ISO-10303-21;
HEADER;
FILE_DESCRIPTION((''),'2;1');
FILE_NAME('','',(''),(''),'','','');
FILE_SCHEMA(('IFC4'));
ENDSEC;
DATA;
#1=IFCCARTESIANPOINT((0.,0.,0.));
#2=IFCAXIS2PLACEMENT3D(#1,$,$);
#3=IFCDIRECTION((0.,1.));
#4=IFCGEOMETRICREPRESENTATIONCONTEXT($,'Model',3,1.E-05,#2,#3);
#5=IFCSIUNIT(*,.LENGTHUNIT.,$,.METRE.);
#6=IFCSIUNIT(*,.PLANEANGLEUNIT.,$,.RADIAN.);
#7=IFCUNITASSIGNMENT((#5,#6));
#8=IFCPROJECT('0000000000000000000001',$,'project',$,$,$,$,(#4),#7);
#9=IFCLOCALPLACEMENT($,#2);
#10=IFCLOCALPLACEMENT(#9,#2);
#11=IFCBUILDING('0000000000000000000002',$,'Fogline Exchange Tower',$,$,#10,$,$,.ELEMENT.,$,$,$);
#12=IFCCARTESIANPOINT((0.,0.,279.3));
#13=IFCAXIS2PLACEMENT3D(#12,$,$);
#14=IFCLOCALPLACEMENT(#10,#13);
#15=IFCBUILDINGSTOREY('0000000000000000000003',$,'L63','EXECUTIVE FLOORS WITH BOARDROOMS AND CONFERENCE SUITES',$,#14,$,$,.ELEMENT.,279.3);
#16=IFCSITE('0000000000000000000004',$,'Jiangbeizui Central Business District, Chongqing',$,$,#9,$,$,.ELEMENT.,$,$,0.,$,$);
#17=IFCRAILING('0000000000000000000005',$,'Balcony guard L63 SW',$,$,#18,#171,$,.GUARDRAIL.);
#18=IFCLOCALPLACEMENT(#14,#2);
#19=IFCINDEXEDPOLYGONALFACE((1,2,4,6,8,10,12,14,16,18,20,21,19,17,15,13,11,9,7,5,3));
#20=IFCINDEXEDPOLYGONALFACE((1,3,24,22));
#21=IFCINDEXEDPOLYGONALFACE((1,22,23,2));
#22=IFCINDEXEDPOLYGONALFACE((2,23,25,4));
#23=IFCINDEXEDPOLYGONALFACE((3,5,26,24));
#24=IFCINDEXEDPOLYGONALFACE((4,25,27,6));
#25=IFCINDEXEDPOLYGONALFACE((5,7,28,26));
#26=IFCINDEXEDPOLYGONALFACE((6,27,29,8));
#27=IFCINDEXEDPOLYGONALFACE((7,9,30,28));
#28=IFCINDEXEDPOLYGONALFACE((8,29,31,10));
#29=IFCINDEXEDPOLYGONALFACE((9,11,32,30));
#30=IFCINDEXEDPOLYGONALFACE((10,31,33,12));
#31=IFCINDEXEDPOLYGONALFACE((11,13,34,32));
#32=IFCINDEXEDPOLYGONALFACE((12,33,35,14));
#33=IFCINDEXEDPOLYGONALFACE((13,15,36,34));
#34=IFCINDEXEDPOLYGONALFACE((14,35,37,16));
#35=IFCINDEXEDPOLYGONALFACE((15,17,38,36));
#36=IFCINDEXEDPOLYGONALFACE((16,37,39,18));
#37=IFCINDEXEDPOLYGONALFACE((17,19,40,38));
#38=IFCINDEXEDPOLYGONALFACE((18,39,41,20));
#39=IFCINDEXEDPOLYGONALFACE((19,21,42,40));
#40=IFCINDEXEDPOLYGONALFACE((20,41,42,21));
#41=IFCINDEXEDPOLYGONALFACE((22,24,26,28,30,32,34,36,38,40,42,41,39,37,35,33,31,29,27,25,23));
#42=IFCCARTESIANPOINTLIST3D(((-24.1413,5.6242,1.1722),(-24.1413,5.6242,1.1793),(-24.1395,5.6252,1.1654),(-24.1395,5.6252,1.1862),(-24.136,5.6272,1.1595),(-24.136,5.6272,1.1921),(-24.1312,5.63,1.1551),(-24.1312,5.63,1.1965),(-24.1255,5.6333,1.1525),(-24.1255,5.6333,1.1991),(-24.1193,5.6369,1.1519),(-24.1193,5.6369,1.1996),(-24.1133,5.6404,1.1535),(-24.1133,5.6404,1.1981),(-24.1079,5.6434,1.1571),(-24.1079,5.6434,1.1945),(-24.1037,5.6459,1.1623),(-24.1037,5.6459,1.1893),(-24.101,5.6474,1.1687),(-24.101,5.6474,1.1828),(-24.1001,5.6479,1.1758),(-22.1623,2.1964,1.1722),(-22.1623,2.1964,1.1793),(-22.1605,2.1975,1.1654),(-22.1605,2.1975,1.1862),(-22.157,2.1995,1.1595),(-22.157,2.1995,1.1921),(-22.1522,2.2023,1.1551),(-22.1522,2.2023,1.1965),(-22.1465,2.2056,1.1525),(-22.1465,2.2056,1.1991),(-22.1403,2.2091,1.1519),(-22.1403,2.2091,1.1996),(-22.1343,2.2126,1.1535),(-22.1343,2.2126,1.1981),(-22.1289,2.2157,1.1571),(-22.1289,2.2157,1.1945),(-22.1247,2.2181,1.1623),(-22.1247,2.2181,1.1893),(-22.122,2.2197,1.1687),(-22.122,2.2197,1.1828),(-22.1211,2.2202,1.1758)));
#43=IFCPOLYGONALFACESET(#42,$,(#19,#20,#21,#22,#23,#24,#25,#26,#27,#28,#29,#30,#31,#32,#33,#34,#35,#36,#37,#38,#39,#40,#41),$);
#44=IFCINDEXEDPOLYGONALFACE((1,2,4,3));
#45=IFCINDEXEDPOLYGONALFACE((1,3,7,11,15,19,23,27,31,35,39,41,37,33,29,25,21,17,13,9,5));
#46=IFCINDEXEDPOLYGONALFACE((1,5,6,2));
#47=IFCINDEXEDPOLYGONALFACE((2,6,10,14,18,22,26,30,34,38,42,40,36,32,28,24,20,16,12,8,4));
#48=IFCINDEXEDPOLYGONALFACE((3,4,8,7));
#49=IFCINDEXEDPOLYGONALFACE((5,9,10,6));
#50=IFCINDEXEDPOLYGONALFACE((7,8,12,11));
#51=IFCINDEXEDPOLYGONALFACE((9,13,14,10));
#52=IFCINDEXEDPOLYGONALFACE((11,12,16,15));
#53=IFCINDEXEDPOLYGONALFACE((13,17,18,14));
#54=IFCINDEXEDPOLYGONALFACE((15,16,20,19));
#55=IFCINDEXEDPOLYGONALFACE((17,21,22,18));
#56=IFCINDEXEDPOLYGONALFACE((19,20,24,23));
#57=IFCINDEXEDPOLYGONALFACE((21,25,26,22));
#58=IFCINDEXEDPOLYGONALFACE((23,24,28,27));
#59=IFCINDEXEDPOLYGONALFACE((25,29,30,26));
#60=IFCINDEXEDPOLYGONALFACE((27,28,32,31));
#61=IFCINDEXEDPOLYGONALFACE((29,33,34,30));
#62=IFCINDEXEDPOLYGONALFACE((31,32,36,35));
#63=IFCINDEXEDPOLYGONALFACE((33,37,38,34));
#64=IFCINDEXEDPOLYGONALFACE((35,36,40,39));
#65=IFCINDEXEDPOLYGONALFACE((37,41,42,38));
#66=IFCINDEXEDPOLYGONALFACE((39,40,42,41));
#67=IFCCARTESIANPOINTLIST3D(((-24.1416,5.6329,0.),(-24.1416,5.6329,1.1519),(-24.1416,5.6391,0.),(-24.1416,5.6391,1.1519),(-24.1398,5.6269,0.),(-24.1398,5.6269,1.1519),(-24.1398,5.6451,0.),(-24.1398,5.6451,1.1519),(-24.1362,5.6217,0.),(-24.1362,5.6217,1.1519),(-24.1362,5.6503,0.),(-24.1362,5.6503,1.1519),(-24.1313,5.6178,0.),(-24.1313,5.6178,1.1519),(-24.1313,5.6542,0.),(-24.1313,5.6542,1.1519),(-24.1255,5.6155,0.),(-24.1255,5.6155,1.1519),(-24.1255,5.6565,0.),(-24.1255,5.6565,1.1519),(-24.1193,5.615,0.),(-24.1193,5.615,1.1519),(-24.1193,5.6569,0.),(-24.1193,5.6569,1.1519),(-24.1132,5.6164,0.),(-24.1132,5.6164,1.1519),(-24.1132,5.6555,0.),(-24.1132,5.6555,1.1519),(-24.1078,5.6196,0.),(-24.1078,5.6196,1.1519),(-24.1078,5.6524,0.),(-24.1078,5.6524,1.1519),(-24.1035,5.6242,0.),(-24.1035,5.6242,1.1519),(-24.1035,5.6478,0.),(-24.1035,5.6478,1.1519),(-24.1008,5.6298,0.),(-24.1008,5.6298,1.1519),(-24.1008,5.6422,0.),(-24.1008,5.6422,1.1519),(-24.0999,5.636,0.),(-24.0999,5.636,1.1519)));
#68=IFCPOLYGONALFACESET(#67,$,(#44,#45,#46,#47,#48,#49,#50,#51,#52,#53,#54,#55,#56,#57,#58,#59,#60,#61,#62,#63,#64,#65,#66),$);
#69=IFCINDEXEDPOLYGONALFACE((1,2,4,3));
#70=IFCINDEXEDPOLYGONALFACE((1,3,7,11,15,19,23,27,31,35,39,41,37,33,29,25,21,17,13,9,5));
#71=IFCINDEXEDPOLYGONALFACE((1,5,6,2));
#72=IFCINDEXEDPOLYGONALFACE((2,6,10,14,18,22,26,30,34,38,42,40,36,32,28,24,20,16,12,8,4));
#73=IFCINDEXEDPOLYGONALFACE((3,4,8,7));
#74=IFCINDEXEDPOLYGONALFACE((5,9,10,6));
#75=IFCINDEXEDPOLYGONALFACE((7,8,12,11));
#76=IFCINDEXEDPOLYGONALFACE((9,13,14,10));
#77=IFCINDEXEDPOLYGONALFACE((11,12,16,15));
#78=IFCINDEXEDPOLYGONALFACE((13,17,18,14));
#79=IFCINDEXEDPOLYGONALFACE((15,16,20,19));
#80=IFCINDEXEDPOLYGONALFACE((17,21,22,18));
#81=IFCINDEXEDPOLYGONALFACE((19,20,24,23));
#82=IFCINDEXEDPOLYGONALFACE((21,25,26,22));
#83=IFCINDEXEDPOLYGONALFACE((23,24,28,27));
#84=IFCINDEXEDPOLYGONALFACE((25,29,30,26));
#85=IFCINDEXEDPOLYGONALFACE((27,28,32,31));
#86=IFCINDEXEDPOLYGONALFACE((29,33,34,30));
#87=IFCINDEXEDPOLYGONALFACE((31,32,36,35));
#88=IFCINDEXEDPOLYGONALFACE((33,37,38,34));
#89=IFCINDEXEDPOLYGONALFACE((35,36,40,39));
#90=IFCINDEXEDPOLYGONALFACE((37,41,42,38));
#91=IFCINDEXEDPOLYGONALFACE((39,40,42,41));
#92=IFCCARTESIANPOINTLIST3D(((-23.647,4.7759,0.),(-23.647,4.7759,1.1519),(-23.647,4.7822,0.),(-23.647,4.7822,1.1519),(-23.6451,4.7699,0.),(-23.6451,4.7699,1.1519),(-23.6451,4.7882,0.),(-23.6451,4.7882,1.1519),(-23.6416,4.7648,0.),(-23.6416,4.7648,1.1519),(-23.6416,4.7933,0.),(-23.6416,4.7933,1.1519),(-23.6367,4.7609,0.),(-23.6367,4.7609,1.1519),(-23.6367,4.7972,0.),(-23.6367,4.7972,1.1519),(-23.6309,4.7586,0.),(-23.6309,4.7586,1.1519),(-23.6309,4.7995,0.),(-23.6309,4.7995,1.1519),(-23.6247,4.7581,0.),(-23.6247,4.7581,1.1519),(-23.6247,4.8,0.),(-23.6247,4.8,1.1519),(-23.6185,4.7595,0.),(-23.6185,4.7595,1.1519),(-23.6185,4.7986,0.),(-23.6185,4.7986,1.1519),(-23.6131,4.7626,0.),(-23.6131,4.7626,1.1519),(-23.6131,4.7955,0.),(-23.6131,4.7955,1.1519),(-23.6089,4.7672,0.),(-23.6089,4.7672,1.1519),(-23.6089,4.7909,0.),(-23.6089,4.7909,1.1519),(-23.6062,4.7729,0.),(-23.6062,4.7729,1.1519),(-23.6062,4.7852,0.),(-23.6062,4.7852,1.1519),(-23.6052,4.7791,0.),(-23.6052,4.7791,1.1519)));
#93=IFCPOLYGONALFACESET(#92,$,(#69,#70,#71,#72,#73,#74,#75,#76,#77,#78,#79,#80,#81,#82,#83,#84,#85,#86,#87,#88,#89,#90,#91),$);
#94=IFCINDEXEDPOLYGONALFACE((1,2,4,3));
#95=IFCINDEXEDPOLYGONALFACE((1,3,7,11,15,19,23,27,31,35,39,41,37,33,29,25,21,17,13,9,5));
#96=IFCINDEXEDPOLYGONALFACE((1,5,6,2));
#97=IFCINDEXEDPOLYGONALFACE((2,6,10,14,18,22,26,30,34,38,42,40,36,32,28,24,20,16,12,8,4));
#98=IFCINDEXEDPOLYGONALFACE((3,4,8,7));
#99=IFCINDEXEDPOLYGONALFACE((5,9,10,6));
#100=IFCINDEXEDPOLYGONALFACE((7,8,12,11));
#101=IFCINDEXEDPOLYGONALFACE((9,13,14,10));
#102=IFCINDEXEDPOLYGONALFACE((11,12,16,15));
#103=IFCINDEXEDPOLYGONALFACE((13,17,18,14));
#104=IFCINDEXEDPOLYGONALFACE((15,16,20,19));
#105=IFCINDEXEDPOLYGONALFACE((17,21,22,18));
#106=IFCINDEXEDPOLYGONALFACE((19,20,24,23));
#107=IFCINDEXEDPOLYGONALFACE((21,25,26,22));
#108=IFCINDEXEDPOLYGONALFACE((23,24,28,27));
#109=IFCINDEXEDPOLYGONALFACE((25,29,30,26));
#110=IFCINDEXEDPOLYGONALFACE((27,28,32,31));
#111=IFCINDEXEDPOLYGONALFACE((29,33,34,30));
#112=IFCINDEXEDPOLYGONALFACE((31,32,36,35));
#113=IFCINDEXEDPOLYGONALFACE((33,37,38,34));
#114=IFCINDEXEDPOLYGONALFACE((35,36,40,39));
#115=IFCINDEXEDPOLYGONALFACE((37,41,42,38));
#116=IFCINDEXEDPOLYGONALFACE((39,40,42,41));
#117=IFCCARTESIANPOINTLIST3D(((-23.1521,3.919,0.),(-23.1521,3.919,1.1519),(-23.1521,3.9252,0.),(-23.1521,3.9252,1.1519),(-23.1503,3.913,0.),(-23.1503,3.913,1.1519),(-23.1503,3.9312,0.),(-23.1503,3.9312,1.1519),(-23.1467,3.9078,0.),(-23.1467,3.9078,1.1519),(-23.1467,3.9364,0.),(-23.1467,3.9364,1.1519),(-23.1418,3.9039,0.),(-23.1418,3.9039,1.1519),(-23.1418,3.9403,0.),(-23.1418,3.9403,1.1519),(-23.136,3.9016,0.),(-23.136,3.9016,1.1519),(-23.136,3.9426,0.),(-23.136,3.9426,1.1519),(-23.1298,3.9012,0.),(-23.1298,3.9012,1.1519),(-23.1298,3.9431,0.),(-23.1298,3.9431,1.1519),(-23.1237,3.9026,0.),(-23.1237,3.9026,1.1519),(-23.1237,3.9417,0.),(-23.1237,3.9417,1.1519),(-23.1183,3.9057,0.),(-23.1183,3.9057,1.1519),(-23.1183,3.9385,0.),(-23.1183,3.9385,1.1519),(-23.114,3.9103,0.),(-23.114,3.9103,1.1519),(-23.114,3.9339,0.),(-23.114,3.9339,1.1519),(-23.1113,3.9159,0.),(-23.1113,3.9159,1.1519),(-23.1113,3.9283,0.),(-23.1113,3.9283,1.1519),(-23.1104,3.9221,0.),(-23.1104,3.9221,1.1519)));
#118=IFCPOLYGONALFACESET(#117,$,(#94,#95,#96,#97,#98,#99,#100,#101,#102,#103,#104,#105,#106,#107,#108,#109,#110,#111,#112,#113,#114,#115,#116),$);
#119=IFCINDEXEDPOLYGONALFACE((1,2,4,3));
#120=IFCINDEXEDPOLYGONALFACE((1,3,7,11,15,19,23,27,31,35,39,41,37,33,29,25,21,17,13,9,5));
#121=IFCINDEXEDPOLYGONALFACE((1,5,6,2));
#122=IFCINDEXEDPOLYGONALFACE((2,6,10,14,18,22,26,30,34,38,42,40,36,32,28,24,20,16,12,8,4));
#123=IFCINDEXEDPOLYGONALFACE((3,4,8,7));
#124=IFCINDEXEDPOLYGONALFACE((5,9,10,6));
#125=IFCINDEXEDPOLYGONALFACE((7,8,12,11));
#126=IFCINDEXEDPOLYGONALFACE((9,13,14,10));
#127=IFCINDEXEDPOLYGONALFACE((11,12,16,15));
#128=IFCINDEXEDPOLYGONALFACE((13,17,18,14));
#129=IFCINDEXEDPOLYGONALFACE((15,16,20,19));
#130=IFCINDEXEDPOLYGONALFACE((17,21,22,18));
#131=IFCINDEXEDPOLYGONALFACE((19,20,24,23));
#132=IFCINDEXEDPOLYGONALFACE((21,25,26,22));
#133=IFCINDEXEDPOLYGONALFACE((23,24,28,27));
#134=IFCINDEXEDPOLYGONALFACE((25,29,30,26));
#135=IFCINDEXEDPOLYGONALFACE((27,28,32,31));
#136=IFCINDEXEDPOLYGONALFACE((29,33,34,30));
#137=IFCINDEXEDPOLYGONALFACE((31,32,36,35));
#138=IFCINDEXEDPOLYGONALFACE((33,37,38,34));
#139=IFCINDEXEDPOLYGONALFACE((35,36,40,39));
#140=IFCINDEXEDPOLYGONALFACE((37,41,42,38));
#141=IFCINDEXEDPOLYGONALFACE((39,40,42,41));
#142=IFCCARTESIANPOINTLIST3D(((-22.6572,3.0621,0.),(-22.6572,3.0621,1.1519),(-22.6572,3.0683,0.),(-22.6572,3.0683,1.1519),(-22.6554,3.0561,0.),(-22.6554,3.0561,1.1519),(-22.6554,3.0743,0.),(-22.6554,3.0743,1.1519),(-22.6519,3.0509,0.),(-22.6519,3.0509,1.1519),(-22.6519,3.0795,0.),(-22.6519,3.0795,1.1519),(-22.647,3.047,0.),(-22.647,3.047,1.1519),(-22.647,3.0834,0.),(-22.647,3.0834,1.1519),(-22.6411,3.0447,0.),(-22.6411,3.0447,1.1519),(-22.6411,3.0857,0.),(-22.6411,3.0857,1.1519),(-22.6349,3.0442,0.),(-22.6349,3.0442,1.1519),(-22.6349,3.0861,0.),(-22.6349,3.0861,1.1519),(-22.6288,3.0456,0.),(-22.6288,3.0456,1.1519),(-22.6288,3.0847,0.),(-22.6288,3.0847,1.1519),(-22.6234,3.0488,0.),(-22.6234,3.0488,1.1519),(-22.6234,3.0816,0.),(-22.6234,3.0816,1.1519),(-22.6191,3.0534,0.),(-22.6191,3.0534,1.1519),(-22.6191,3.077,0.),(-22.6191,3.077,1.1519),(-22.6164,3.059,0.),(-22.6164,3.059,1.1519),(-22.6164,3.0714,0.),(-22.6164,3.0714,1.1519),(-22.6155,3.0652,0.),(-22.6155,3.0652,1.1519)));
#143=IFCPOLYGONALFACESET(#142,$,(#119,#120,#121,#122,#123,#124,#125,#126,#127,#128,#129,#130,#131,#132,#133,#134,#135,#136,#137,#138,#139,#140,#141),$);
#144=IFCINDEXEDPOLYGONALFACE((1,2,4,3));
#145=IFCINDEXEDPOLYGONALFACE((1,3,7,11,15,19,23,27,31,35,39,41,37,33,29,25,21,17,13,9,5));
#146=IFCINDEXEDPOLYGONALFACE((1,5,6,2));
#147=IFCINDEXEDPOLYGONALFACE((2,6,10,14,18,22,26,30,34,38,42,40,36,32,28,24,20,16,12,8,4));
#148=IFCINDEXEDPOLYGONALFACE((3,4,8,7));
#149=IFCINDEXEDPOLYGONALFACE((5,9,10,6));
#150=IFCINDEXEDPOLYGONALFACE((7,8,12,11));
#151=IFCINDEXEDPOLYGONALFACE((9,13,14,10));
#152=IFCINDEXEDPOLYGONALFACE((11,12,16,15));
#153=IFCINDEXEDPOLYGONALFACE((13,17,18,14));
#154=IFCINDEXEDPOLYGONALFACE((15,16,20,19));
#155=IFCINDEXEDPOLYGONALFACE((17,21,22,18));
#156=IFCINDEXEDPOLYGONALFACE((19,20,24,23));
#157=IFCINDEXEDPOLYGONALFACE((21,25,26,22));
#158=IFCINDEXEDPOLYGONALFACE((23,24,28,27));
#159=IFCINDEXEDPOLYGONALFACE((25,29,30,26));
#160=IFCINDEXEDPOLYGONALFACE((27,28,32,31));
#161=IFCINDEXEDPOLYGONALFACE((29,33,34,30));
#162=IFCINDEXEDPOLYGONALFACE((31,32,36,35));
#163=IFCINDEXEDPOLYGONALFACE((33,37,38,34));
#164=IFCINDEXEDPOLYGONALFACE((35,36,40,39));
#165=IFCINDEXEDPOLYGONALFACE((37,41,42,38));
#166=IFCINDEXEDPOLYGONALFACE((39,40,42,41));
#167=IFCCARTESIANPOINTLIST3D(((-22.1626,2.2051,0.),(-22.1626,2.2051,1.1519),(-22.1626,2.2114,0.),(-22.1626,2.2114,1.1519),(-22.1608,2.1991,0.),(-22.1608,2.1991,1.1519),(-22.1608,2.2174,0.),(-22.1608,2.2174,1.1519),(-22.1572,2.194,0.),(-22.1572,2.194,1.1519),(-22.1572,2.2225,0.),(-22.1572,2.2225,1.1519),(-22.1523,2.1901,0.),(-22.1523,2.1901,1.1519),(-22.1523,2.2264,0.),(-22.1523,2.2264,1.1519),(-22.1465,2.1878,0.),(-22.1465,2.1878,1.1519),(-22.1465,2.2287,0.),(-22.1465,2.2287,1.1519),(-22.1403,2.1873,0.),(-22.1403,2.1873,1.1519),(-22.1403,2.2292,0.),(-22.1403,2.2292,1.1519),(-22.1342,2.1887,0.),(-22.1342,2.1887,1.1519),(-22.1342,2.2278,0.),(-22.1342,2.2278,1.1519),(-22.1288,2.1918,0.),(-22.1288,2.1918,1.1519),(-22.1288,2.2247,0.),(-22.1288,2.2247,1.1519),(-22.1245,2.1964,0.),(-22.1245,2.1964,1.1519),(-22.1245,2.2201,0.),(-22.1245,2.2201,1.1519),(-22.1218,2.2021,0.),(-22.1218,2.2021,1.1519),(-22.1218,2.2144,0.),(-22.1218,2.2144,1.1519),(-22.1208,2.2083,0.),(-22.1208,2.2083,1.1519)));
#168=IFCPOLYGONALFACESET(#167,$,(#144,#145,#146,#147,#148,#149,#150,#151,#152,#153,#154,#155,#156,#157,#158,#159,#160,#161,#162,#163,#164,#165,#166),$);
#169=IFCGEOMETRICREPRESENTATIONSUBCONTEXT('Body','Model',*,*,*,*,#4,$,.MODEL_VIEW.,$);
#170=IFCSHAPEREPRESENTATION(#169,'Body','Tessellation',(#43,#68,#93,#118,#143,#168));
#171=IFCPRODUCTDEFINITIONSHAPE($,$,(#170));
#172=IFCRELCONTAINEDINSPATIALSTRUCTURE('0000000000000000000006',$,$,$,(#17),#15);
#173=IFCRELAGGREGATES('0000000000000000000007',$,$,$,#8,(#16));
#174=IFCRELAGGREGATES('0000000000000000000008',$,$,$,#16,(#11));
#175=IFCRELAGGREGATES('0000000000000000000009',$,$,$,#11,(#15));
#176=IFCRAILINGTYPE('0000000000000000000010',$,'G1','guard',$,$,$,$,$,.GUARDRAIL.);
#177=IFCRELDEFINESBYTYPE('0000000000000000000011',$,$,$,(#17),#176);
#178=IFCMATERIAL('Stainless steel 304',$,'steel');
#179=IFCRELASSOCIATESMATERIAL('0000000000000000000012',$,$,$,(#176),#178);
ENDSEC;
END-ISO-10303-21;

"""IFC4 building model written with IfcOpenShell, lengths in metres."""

from ifc_helpers import new_model, si_unit, direction, frame, origin, origin_2d, place, context, subcontext, project, spatial, circle, extrude, material, type_object, element, save


model = new_model("IFC4")

# Units and contexts
model_context = context("Model", 3, precision=1e-05, world=origin(), true_north=direction((0.0, 1.0)))
body_context = subcontext(model_context, "Body", "Model", "MODEL_VIEW")
ifc_project = project(units=[si_unit("LENGTHUNIT", "METRE"), si_unit("PLANEANGLEUNIT", "RADIAN")], contexts=[model_context])

# Site, building, storey
site_placement = place(None, origin())
site = spatial("IfcSite", under=ifc_project, at=site_placement, Name="Jiangbeizui Central Business District, Chongqing", CompositionType="ELEMENT", RefElevation=0.0)
building_placement = place(site_placement, origin())
building = spatial("IfcBuilding", under=site, at=building_placement, Name="Fogline Exchange Tower", CompositionType="ELEMENT")
storey_placement = place(building_placement, frame((0.0, 0.0, 279.3)))
storey = spatial("IfcBuildingStorey", under=building, at=storey_placement, Name="L63", Description="EXECUTIVE FLOORS WITH BOARDROOMS AND CONFERENCE SUITES", CompositionType="ELEMENT", Elevation=279.3)

# Railing
ifc_material_1 = material(Name="Stainless steel 304", Category="steel")
railing_type = type_object("IfcRailingType", Name="G1", Description="guard", PredefinedType="GUARDRAIL", material=ifc_material_1)
railing_placement = place(storey_placement, frame((-24.1208, 5.636, 0.0)))
element("IfcRailing", 1, at=railing_placement, inside=storey, type_object=railing_type, Name="Balcony guard L63 SW", PredefinedType="GUARDRAIL", context=body_context, shape_type="SweptSolid", body=[
    extrude(circle(Radius=0.0239, at=origin_2d()), frame((0.0, 0.0, 1.1758), z_axis=(0.5, -0.866025, 0.0), x_axis=(0.866025, 0.5, 0.0)), (0.0, 0.0, 1.0), 3.958),
    extrude(circle(Radius=0.021, at=origin_2d()), origin(), (0.0, 0.0, 1.0), 1.1519),
    extrude(circle(Radius=0.021, at=origin_2d()), frame((0.4946, -0.8569, 0.0)), (0.0, 0.0, 1.0), 1.1519),
    extrude(circle(Radius=0.021, at=origin_2d()), frame((0.9895, -1.7139, 0.0)), (0.0, 0.0, 1.0), 1.1519),
    extrude(circle(Radius=0.021, at=origin_2d()), frame((1.4844, -2.5708, 0.0)), (0.0, 0.0, 1.0), 1.1519),
    extrude(circle(Radius=0.021, at=origin_2d()), frame((1.979, -3.4277, 0.0)), (0.0, 0.0, 1.0), 1.1519),
])

save(model, "model.ifc")
